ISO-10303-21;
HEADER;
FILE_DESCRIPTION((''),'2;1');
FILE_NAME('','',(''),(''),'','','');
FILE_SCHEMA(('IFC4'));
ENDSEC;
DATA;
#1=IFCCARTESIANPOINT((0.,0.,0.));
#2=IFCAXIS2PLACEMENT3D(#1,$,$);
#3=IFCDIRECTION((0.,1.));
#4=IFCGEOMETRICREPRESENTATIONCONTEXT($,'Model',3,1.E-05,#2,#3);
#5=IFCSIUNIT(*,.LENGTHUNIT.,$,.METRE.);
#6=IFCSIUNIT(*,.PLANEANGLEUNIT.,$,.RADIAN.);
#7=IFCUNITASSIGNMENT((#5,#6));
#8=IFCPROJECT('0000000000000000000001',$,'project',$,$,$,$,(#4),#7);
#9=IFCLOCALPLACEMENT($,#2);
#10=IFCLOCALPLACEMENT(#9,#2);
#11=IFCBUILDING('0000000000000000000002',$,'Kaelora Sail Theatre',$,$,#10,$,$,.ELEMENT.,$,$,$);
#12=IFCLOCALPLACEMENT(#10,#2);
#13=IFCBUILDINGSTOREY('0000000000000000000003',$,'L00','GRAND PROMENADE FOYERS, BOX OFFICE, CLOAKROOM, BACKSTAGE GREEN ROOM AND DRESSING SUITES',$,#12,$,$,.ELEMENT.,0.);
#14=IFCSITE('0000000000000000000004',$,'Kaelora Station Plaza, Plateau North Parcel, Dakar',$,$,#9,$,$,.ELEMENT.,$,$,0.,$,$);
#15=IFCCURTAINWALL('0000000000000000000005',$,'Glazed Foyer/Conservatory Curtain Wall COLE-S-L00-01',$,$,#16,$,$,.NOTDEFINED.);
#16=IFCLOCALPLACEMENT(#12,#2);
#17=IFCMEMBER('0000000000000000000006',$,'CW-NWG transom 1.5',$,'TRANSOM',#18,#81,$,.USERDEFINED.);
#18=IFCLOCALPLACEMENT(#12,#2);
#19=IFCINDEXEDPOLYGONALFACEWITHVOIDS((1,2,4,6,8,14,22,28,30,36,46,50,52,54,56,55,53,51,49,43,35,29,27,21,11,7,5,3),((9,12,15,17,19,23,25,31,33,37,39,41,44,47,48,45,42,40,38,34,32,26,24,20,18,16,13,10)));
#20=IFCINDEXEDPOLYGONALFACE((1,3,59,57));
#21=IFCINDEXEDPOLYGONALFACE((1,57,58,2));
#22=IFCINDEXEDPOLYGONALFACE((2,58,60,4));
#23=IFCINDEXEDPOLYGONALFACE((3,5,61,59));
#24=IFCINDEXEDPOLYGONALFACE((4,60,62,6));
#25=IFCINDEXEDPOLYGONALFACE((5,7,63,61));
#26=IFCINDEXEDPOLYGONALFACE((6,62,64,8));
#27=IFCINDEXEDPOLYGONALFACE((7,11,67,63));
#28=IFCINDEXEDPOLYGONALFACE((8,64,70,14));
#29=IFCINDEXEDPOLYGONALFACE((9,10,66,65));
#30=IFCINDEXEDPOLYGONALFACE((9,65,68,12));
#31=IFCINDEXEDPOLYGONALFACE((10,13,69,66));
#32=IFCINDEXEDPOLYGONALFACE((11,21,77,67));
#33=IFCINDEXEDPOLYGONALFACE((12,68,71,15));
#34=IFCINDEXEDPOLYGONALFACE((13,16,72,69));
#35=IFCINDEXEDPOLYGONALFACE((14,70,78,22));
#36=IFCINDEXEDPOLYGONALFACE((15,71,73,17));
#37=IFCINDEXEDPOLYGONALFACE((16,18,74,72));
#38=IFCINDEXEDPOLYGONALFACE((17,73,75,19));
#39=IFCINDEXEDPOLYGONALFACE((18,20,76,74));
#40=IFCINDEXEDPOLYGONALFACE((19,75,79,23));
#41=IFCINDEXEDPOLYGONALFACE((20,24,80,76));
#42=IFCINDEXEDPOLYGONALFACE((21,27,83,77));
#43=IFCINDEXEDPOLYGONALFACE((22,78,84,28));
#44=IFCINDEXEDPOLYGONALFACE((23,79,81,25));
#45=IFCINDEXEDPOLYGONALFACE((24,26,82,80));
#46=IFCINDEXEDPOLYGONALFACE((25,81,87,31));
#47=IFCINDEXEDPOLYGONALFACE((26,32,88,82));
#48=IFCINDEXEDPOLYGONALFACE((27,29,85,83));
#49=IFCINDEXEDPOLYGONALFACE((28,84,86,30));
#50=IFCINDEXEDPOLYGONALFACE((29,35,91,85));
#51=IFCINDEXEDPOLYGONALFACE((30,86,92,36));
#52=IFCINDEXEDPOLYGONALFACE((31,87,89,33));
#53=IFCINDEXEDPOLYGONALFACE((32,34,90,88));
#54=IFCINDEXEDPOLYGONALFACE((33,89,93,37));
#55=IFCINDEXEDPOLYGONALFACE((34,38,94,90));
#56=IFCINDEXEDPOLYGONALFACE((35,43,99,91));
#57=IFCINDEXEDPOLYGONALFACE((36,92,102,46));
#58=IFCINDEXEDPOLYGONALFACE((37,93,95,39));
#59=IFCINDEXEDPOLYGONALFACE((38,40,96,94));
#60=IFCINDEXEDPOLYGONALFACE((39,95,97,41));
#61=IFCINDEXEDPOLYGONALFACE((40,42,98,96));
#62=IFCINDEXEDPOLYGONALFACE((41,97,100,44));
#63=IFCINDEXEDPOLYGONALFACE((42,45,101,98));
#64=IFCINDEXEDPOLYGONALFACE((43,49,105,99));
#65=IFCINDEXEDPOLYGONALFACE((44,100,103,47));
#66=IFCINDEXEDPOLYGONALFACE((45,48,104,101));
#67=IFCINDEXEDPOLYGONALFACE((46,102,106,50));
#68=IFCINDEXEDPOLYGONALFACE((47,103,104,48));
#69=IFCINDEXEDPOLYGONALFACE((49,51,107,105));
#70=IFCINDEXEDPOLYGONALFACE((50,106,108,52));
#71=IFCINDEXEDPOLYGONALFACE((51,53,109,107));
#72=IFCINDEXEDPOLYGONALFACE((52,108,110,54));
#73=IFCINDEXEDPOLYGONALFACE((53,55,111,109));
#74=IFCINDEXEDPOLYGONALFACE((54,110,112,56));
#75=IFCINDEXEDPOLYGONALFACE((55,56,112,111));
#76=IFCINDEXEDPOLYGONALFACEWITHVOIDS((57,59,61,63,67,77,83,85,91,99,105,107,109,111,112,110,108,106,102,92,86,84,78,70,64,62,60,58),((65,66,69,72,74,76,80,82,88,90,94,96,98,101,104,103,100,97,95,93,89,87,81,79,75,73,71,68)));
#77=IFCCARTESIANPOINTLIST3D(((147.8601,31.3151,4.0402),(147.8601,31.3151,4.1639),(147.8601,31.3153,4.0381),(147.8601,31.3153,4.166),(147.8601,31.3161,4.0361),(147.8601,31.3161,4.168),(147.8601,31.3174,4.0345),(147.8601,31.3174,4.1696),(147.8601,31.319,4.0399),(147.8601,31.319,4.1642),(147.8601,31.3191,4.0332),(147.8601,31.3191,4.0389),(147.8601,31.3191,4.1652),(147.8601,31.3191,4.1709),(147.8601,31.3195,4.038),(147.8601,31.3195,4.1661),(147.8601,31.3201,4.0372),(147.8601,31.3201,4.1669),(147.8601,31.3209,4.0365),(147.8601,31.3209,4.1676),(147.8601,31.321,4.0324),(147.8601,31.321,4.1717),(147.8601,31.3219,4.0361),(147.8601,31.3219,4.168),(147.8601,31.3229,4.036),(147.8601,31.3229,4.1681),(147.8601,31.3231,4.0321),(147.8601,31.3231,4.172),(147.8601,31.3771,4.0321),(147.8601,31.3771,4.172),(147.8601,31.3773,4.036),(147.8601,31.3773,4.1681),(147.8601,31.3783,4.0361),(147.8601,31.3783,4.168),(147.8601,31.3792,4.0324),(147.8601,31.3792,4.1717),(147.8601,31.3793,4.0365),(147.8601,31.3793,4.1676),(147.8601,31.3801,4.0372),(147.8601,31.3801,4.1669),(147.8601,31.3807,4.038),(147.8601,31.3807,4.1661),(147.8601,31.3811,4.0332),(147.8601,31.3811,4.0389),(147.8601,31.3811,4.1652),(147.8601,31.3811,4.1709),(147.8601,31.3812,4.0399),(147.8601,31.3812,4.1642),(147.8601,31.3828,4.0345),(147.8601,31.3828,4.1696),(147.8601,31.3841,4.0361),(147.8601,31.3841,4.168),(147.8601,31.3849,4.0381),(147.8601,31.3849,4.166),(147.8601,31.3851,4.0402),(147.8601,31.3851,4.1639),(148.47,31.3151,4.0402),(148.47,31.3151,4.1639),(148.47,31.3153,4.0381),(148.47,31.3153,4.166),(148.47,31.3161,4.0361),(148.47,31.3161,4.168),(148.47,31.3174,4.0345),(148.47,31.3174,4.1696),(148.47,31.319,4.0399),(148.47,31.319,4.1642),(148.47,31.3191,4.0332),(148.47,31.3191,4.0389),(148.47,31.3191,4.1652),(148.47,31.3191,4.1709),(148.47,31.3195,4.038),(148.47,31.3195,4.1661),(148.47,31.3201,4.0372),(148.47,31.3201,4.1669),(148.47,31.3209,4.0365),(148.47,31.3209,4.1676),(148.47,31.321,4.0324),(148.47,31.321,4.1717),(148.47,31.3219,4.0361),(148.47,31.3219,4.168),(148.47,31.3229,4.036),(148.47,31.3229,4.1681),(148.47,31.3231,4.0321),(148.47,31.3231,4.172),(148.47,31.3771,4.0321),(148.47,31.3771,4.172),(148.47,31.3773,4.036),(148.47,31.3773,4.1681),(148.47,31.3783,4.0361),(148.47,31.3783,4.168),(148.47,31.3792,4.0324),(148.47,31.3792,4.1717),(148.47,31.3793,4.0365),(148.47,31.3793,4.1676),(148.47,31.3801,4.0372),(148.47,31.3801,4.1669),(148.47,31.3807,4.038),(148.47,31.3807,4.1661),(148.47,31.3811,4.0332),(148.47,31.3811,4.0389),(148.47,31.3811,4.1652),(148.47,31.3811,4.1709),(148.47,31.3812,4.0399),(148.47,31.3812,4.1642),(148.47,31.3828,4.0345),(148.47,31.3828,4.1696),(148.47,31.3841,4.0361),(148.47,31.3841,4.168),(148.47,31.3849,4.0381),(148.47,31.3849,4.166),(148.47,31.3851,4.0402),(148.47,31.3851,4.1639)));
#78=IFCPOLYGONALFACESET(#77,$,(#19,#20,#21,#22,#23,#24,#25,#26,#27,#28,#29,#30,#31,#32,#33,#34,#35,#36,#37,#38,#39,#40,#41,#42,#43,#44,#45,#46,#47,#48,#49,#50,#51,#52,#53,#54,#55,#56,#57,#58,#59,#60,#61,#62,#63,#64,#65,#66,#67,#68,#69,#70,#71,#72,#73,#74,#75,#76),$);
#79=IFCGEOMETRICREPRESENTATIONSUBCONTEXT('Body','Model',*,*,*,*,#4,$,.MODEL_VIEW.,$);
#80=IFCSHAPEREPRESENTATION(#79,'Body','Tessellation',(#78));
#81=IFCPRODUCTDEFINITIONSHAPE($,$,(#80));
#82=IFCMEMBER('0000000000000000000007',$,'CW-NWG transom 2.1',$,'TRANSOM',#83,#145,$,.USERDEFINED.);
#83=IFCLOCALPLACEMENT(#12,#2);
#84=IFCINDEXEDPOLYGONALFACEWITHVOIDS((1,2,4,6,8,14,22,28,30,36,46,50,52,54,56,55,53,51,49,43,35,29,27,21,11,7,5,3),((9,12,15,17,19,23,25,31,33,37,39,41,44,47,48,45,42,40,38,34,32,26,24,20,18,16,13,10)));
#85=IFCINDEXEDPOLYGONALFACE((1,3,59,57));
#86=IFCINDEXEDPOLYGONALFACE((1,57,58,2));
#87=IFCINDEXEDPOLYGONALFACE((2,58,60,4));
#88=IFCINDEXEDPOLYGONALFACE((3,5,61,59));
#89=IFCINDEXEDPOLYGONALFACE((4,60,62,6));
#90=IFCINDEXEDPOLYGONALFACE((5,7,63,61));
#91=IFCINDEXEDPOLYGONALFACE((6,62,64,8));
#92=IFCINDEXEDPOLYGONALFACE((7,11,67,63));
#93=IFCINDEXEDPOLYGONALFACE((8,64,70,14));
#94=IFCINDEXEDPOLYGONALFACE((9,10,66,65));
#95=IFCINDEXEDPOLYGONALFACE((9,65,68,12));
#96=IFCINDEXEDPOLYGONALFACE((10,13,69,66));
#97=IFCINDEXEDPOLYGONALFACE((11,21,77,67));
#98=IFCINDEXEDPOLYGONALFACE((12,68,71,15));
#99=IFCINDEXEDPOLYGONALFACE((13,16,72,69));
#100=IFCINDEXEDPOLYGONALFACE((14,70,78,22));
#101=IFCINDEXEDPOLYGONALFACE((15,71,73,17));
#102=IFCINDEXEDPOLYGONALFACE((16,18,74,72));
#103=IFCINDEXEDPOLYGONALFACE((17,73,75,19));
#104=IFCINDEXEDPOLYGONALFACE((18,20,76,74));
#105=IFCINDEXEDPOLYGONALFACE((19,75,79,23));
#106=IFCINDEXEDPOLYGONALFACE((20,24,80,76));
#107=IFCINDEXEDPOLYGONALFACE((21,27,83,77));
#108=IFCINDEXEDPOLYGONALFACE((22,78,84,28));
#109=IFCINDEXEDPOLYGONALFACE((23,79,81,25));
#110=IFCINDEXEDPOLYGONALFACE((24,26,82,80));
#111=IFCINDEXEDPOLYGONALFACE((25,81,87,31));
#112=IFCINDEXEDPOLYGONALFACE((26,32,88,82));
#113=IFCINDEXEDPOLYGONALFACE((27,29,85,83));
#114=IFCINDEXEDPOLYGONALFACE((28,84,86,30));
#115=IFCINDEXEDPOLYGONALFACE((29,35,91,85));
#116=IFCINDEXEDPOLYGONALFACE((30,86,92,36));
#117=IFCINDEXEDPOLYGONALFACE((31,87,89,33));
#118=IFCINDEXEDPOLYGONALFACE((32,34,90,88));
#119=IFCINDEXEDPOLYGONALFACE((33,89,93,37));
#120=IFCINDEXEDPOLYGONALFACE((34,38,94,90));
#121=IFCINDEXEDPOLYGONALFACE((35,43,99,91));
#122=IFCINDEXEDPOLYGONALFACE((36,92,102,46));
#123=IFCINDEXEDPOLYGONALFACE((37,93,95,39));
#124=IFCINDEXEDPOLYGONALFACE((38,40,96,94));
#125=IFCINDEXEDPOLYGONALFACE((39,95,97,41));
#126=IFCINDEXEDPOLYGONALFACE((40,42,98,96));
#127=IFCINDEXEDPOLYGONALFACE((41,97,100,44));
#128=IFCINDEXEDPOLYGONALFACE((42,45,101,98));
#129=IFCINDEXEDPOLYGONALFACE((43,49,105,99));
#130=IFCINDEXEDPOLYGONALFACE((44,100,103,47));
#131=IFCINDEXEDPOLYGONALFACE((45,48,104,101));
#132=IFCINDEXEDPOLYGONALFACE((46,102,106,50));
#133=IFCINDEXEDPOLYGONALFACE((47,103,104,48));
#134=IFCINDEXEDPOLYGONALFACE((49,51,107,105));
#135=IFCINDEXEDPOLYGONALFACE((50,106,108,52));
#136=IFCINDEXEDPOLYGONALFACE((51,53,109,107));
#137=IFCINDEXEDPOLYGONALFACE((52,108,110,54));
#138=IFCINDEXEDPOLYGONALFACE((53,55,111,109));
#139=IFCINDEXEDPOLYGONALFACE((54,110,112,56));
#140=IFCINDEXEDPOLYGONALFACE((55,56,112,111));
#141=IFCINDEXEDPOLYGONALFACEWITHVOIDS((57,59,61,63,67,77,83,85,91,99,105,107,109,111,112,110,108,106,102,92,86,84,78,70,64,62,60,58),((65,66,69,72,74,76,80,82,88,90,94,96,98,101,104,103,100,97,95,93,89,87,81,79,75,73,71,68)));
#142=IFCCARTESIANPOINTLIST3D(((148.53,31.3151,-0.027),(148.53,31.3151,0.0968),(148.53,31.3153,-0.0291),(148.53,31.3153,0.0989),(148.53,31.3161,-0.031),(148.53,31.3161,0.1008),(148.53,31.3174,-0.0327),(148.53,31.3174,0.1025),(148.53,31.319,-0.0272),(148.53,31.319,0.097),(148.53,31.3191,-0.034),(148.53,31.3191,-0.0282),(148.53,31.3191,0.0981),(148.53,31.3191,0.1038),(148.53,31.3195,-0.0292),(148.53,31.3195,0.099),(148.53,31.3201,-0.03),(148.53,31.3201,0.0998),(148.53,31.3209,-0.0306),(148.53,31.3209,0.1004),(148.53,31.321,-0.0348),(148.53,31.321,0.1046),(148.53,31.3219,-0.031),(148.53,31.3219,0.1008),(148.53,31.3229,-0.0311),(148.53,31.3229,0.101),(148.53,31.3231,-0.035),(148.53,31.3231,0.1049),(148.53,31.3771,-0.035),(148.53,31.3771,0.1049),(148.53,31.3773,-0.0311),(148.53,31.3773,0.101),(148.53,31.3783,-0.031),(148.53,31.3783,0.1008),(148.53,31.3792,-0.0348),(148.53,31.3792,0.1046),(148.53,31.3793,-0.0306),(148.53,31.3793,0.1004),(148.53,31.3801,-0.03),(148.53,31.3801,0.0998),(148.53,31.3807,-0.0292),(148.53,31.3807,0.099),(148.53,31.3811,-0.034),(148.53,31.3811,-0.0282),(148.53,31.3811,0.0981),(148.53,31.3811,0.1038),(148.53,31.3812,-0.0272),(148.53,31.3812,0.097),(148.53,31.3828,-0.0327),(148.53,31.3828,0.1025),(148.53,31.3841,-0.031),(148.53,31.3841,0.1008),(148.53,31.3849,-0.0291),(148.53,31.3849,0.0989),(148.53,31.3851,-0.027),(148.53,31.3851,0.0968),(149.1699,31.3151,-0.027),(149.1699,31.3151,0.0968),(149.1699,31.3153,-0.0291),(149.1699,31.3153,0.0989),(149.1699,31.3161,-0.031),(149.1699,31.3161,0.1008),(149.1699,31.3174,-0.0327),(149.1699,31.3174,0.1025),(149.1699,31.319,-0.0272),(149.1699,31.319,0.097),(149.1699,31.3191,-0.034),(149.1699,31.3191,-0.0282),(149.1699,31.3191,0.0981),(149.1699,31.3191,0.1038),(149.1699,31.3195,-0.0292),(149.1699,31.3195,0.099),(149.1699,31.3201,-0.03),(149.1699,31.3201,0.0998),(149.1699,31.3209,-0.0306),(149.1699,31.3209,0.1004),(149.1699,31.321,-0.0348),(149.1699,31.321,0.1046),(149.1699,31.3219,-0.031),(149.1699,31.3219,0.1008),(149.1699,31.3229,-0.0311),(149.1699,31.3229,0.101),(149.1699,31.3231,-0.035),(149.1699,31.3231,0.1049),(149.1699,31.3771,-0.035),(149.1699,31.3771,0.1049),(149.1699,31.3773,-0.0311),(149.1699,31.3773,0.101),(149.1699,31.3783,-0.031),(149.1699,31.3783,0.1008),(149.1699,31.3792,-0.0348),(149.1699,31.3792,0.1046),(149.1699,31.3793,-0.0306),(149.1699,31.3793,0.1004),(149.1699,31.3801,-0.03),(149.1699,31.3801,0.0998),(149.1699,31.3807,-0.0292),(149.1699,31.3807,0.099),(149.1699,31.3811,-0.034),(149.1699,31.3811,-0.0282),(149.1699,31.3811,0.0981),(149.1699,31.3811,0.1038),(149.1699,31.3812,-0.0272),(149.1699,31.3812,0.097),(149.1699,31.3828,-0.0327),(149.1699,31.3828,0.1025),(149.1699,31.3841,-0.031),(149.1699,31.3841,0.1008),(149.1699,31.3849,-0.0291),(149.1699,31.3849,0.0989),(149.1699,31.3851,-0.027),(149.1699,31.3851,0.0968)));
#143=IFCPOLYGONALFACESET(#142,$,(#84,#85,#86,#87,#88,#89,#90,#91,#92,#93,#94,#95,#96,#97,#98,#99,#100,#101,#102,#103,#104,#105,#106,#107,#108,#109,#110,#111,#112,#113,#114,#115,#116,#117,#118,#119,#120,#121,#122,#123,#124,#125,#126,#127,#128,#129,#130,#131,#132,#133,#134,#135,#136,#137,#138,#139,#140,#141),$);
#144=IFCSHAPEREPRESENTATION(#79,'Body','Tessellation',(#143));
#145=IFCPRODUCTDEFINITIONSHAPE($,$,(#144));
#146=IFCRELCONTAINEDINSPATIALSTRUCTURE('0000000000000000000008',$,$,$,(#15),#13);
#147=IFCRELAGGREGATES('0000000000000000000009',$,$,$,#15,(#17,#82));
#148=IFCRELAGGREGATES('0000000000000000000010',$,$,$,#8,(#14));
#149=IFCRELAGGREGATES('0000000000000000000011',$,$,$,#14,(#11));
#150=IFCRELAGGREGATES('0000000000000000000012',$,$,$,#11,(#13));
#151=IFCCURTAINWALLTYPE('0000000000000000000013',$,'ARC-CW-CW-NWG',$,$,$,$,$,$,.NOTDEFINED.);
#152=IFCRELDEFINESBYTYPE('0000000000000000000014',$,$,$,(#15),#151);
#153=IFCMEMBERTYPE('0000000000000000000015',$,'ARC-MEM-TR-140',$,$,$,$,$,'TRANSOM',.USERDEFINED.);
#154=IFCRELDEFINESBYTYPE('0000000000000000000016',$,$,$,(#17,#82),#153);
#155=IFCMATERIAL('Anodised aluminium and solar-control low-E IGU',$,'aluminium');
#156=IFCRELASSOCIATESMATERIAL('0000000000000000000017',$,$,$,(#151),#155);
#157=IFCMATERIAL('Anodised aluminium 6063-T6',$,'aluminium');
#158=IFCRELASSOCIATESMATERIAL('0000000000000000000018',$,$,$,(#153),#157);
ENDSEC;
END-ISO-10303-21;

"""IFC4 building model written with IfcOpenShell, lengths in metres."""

from ifc_helpers import new_model, si_unit, direction, frame, origin, origin_2d, place, context, subcontext, project, spatial, hollow_rectangle, extrude, material, material_profile, profile_set, type_object, element, aggregate, save


model = new_model("IFC4")

# Units and contexts
model_context = context("Model", 3, precision=1e-05, world=origin(), true_north=direction((0.0, 1.0)))
body_context = subcontext(model_context, "Body", "Model", "MODEL_VIEW")
ifc_project = project(units=[si_unit("LENGTHUNIT", "METRE"), si_unit("PLANEANGLEUNIT", "RADIAN")], contexts=[model_context])

# Site, building, storey
site_placement = place(None, origin())
site = spatial("IfcSite", under=ifc_project, at=site_placement, Name="Kaelora Station Plaza, Plateau North Parcel, Dakar", CompositionType="ELEMENT", RefElevation=0.0)
building_placement = place(site_placement, origin())
building = spatial("IfcBuilding", under=site, at=building_placement, Name="Kaelora Sail Theatre", CompositionType="ELEMENT")
storey_placement = place(building_placement, origin())
storey = spatial("IfcBuildingStorey", under=building, at=storey_placement, Name="L00", Description="GRAND PROMENADE FOYERS, BOX OFFICE, CLOAKROOM, BACKSTAGE GREEN ROOM AND DRESSING SUITES", CompositionType="ELEMENT", Elevation=0.0)

# Curtain wall
ifc_material_1 = material(Name="Anodised aluminium and solar-control low-E IGU", Category="aluminium")
curtain_wall_type = type_object("IfcCurtainWallType", Name="ARC-CW-CW-NWG", PredefinedType="NOTDEFINED", material=ifc_material_1)
curtain_wall_placement = place(storey_placement, origin())
curtain_wall = element("IfcCurtainWall", 1, at=curtain_wall_placement, inside=storey, type_object=curtain_wall_type, Name="Glazed Foyer/Conservatory Curtain Wall COLE-S-L00-01", PredefinedType="NOTDEFINED")

# Members
ifc_material_2 = material(Name="Anodised aluminium 6063-T6", Category="aluminium")
ifc_material_profile_1 = material_profile(ifc_material_2, hollow_rectangle(XDim=0.0701, YDim=0.1399, WallThickness=0.0039, InnerFilletRadius=0.0039, OuterFilletRadius=0.0081, at=origin_2d()), Name="ALU-TRAN 70x140x4")
ifc_profile_set_1 = profile_set([ifc_material_profile_1], Name="Anodised aluminium 6063-T6")
member_type_1 = type_object("IfcMemberType", Name="ARC-MEM-TR-140", ElementType="TRANSOM", PredefinedType="USERDEFINED", material=ifc_profile_set_1)
member_1_placement = place(storey_placement, frame((147.8601, 31.3501, 4.1021), z_axis=(1.0, 0.0, 0.0), x_axis=(0.0, 1.0, 0.0)))
member_1 = element("IfcMember", 2, at=member_1_placement, type_object=member_type_1, Name="CW-NWG transom 1.5", ObjectType="TRANSOM", PredefinedType="USERDEFINED", context=body_context, shape_type="SweptSolid", body=[
    extrude(hollow_rectangle(XDim=0.0701, YDim=0.1399, WallThickness=0.0039, InnerFilletRadius=0.0039, OuterFilletRadius=0.0081, at=origin_2d()), origin(), (0.0, 0.0, 1.0), 0.6099),
])
member_2_placement = place(storey_placement, frame((148.53, 31.3501, 0.0349), z_axis=(1.0, 0.0, 0.0), x_axis=(0.0, 1.0, 0.0)))
member_2 = element("IfcMember", 3, at=member_2_placement, type_object=member_type_1, Name="CW-NWG transom 2.1", ObjectType="TRANSOM", PredefinedType="USERDEFINED", context=body_context, shape_type="SweptSolid", body=[
    extrude(hollow_rectangle(XDim=0.0701, YDim=0.1399, WallThickness=0.0039, InnerFilletRadius=0.0039, OuterFilletRadius=0.0081, at=origin_2d()), origin(), (0.0, 0.0, 1.0), 0.6399),
])

aggregate(curtain_wall, [member_1, member_2])

save(model, "model.ifc")
